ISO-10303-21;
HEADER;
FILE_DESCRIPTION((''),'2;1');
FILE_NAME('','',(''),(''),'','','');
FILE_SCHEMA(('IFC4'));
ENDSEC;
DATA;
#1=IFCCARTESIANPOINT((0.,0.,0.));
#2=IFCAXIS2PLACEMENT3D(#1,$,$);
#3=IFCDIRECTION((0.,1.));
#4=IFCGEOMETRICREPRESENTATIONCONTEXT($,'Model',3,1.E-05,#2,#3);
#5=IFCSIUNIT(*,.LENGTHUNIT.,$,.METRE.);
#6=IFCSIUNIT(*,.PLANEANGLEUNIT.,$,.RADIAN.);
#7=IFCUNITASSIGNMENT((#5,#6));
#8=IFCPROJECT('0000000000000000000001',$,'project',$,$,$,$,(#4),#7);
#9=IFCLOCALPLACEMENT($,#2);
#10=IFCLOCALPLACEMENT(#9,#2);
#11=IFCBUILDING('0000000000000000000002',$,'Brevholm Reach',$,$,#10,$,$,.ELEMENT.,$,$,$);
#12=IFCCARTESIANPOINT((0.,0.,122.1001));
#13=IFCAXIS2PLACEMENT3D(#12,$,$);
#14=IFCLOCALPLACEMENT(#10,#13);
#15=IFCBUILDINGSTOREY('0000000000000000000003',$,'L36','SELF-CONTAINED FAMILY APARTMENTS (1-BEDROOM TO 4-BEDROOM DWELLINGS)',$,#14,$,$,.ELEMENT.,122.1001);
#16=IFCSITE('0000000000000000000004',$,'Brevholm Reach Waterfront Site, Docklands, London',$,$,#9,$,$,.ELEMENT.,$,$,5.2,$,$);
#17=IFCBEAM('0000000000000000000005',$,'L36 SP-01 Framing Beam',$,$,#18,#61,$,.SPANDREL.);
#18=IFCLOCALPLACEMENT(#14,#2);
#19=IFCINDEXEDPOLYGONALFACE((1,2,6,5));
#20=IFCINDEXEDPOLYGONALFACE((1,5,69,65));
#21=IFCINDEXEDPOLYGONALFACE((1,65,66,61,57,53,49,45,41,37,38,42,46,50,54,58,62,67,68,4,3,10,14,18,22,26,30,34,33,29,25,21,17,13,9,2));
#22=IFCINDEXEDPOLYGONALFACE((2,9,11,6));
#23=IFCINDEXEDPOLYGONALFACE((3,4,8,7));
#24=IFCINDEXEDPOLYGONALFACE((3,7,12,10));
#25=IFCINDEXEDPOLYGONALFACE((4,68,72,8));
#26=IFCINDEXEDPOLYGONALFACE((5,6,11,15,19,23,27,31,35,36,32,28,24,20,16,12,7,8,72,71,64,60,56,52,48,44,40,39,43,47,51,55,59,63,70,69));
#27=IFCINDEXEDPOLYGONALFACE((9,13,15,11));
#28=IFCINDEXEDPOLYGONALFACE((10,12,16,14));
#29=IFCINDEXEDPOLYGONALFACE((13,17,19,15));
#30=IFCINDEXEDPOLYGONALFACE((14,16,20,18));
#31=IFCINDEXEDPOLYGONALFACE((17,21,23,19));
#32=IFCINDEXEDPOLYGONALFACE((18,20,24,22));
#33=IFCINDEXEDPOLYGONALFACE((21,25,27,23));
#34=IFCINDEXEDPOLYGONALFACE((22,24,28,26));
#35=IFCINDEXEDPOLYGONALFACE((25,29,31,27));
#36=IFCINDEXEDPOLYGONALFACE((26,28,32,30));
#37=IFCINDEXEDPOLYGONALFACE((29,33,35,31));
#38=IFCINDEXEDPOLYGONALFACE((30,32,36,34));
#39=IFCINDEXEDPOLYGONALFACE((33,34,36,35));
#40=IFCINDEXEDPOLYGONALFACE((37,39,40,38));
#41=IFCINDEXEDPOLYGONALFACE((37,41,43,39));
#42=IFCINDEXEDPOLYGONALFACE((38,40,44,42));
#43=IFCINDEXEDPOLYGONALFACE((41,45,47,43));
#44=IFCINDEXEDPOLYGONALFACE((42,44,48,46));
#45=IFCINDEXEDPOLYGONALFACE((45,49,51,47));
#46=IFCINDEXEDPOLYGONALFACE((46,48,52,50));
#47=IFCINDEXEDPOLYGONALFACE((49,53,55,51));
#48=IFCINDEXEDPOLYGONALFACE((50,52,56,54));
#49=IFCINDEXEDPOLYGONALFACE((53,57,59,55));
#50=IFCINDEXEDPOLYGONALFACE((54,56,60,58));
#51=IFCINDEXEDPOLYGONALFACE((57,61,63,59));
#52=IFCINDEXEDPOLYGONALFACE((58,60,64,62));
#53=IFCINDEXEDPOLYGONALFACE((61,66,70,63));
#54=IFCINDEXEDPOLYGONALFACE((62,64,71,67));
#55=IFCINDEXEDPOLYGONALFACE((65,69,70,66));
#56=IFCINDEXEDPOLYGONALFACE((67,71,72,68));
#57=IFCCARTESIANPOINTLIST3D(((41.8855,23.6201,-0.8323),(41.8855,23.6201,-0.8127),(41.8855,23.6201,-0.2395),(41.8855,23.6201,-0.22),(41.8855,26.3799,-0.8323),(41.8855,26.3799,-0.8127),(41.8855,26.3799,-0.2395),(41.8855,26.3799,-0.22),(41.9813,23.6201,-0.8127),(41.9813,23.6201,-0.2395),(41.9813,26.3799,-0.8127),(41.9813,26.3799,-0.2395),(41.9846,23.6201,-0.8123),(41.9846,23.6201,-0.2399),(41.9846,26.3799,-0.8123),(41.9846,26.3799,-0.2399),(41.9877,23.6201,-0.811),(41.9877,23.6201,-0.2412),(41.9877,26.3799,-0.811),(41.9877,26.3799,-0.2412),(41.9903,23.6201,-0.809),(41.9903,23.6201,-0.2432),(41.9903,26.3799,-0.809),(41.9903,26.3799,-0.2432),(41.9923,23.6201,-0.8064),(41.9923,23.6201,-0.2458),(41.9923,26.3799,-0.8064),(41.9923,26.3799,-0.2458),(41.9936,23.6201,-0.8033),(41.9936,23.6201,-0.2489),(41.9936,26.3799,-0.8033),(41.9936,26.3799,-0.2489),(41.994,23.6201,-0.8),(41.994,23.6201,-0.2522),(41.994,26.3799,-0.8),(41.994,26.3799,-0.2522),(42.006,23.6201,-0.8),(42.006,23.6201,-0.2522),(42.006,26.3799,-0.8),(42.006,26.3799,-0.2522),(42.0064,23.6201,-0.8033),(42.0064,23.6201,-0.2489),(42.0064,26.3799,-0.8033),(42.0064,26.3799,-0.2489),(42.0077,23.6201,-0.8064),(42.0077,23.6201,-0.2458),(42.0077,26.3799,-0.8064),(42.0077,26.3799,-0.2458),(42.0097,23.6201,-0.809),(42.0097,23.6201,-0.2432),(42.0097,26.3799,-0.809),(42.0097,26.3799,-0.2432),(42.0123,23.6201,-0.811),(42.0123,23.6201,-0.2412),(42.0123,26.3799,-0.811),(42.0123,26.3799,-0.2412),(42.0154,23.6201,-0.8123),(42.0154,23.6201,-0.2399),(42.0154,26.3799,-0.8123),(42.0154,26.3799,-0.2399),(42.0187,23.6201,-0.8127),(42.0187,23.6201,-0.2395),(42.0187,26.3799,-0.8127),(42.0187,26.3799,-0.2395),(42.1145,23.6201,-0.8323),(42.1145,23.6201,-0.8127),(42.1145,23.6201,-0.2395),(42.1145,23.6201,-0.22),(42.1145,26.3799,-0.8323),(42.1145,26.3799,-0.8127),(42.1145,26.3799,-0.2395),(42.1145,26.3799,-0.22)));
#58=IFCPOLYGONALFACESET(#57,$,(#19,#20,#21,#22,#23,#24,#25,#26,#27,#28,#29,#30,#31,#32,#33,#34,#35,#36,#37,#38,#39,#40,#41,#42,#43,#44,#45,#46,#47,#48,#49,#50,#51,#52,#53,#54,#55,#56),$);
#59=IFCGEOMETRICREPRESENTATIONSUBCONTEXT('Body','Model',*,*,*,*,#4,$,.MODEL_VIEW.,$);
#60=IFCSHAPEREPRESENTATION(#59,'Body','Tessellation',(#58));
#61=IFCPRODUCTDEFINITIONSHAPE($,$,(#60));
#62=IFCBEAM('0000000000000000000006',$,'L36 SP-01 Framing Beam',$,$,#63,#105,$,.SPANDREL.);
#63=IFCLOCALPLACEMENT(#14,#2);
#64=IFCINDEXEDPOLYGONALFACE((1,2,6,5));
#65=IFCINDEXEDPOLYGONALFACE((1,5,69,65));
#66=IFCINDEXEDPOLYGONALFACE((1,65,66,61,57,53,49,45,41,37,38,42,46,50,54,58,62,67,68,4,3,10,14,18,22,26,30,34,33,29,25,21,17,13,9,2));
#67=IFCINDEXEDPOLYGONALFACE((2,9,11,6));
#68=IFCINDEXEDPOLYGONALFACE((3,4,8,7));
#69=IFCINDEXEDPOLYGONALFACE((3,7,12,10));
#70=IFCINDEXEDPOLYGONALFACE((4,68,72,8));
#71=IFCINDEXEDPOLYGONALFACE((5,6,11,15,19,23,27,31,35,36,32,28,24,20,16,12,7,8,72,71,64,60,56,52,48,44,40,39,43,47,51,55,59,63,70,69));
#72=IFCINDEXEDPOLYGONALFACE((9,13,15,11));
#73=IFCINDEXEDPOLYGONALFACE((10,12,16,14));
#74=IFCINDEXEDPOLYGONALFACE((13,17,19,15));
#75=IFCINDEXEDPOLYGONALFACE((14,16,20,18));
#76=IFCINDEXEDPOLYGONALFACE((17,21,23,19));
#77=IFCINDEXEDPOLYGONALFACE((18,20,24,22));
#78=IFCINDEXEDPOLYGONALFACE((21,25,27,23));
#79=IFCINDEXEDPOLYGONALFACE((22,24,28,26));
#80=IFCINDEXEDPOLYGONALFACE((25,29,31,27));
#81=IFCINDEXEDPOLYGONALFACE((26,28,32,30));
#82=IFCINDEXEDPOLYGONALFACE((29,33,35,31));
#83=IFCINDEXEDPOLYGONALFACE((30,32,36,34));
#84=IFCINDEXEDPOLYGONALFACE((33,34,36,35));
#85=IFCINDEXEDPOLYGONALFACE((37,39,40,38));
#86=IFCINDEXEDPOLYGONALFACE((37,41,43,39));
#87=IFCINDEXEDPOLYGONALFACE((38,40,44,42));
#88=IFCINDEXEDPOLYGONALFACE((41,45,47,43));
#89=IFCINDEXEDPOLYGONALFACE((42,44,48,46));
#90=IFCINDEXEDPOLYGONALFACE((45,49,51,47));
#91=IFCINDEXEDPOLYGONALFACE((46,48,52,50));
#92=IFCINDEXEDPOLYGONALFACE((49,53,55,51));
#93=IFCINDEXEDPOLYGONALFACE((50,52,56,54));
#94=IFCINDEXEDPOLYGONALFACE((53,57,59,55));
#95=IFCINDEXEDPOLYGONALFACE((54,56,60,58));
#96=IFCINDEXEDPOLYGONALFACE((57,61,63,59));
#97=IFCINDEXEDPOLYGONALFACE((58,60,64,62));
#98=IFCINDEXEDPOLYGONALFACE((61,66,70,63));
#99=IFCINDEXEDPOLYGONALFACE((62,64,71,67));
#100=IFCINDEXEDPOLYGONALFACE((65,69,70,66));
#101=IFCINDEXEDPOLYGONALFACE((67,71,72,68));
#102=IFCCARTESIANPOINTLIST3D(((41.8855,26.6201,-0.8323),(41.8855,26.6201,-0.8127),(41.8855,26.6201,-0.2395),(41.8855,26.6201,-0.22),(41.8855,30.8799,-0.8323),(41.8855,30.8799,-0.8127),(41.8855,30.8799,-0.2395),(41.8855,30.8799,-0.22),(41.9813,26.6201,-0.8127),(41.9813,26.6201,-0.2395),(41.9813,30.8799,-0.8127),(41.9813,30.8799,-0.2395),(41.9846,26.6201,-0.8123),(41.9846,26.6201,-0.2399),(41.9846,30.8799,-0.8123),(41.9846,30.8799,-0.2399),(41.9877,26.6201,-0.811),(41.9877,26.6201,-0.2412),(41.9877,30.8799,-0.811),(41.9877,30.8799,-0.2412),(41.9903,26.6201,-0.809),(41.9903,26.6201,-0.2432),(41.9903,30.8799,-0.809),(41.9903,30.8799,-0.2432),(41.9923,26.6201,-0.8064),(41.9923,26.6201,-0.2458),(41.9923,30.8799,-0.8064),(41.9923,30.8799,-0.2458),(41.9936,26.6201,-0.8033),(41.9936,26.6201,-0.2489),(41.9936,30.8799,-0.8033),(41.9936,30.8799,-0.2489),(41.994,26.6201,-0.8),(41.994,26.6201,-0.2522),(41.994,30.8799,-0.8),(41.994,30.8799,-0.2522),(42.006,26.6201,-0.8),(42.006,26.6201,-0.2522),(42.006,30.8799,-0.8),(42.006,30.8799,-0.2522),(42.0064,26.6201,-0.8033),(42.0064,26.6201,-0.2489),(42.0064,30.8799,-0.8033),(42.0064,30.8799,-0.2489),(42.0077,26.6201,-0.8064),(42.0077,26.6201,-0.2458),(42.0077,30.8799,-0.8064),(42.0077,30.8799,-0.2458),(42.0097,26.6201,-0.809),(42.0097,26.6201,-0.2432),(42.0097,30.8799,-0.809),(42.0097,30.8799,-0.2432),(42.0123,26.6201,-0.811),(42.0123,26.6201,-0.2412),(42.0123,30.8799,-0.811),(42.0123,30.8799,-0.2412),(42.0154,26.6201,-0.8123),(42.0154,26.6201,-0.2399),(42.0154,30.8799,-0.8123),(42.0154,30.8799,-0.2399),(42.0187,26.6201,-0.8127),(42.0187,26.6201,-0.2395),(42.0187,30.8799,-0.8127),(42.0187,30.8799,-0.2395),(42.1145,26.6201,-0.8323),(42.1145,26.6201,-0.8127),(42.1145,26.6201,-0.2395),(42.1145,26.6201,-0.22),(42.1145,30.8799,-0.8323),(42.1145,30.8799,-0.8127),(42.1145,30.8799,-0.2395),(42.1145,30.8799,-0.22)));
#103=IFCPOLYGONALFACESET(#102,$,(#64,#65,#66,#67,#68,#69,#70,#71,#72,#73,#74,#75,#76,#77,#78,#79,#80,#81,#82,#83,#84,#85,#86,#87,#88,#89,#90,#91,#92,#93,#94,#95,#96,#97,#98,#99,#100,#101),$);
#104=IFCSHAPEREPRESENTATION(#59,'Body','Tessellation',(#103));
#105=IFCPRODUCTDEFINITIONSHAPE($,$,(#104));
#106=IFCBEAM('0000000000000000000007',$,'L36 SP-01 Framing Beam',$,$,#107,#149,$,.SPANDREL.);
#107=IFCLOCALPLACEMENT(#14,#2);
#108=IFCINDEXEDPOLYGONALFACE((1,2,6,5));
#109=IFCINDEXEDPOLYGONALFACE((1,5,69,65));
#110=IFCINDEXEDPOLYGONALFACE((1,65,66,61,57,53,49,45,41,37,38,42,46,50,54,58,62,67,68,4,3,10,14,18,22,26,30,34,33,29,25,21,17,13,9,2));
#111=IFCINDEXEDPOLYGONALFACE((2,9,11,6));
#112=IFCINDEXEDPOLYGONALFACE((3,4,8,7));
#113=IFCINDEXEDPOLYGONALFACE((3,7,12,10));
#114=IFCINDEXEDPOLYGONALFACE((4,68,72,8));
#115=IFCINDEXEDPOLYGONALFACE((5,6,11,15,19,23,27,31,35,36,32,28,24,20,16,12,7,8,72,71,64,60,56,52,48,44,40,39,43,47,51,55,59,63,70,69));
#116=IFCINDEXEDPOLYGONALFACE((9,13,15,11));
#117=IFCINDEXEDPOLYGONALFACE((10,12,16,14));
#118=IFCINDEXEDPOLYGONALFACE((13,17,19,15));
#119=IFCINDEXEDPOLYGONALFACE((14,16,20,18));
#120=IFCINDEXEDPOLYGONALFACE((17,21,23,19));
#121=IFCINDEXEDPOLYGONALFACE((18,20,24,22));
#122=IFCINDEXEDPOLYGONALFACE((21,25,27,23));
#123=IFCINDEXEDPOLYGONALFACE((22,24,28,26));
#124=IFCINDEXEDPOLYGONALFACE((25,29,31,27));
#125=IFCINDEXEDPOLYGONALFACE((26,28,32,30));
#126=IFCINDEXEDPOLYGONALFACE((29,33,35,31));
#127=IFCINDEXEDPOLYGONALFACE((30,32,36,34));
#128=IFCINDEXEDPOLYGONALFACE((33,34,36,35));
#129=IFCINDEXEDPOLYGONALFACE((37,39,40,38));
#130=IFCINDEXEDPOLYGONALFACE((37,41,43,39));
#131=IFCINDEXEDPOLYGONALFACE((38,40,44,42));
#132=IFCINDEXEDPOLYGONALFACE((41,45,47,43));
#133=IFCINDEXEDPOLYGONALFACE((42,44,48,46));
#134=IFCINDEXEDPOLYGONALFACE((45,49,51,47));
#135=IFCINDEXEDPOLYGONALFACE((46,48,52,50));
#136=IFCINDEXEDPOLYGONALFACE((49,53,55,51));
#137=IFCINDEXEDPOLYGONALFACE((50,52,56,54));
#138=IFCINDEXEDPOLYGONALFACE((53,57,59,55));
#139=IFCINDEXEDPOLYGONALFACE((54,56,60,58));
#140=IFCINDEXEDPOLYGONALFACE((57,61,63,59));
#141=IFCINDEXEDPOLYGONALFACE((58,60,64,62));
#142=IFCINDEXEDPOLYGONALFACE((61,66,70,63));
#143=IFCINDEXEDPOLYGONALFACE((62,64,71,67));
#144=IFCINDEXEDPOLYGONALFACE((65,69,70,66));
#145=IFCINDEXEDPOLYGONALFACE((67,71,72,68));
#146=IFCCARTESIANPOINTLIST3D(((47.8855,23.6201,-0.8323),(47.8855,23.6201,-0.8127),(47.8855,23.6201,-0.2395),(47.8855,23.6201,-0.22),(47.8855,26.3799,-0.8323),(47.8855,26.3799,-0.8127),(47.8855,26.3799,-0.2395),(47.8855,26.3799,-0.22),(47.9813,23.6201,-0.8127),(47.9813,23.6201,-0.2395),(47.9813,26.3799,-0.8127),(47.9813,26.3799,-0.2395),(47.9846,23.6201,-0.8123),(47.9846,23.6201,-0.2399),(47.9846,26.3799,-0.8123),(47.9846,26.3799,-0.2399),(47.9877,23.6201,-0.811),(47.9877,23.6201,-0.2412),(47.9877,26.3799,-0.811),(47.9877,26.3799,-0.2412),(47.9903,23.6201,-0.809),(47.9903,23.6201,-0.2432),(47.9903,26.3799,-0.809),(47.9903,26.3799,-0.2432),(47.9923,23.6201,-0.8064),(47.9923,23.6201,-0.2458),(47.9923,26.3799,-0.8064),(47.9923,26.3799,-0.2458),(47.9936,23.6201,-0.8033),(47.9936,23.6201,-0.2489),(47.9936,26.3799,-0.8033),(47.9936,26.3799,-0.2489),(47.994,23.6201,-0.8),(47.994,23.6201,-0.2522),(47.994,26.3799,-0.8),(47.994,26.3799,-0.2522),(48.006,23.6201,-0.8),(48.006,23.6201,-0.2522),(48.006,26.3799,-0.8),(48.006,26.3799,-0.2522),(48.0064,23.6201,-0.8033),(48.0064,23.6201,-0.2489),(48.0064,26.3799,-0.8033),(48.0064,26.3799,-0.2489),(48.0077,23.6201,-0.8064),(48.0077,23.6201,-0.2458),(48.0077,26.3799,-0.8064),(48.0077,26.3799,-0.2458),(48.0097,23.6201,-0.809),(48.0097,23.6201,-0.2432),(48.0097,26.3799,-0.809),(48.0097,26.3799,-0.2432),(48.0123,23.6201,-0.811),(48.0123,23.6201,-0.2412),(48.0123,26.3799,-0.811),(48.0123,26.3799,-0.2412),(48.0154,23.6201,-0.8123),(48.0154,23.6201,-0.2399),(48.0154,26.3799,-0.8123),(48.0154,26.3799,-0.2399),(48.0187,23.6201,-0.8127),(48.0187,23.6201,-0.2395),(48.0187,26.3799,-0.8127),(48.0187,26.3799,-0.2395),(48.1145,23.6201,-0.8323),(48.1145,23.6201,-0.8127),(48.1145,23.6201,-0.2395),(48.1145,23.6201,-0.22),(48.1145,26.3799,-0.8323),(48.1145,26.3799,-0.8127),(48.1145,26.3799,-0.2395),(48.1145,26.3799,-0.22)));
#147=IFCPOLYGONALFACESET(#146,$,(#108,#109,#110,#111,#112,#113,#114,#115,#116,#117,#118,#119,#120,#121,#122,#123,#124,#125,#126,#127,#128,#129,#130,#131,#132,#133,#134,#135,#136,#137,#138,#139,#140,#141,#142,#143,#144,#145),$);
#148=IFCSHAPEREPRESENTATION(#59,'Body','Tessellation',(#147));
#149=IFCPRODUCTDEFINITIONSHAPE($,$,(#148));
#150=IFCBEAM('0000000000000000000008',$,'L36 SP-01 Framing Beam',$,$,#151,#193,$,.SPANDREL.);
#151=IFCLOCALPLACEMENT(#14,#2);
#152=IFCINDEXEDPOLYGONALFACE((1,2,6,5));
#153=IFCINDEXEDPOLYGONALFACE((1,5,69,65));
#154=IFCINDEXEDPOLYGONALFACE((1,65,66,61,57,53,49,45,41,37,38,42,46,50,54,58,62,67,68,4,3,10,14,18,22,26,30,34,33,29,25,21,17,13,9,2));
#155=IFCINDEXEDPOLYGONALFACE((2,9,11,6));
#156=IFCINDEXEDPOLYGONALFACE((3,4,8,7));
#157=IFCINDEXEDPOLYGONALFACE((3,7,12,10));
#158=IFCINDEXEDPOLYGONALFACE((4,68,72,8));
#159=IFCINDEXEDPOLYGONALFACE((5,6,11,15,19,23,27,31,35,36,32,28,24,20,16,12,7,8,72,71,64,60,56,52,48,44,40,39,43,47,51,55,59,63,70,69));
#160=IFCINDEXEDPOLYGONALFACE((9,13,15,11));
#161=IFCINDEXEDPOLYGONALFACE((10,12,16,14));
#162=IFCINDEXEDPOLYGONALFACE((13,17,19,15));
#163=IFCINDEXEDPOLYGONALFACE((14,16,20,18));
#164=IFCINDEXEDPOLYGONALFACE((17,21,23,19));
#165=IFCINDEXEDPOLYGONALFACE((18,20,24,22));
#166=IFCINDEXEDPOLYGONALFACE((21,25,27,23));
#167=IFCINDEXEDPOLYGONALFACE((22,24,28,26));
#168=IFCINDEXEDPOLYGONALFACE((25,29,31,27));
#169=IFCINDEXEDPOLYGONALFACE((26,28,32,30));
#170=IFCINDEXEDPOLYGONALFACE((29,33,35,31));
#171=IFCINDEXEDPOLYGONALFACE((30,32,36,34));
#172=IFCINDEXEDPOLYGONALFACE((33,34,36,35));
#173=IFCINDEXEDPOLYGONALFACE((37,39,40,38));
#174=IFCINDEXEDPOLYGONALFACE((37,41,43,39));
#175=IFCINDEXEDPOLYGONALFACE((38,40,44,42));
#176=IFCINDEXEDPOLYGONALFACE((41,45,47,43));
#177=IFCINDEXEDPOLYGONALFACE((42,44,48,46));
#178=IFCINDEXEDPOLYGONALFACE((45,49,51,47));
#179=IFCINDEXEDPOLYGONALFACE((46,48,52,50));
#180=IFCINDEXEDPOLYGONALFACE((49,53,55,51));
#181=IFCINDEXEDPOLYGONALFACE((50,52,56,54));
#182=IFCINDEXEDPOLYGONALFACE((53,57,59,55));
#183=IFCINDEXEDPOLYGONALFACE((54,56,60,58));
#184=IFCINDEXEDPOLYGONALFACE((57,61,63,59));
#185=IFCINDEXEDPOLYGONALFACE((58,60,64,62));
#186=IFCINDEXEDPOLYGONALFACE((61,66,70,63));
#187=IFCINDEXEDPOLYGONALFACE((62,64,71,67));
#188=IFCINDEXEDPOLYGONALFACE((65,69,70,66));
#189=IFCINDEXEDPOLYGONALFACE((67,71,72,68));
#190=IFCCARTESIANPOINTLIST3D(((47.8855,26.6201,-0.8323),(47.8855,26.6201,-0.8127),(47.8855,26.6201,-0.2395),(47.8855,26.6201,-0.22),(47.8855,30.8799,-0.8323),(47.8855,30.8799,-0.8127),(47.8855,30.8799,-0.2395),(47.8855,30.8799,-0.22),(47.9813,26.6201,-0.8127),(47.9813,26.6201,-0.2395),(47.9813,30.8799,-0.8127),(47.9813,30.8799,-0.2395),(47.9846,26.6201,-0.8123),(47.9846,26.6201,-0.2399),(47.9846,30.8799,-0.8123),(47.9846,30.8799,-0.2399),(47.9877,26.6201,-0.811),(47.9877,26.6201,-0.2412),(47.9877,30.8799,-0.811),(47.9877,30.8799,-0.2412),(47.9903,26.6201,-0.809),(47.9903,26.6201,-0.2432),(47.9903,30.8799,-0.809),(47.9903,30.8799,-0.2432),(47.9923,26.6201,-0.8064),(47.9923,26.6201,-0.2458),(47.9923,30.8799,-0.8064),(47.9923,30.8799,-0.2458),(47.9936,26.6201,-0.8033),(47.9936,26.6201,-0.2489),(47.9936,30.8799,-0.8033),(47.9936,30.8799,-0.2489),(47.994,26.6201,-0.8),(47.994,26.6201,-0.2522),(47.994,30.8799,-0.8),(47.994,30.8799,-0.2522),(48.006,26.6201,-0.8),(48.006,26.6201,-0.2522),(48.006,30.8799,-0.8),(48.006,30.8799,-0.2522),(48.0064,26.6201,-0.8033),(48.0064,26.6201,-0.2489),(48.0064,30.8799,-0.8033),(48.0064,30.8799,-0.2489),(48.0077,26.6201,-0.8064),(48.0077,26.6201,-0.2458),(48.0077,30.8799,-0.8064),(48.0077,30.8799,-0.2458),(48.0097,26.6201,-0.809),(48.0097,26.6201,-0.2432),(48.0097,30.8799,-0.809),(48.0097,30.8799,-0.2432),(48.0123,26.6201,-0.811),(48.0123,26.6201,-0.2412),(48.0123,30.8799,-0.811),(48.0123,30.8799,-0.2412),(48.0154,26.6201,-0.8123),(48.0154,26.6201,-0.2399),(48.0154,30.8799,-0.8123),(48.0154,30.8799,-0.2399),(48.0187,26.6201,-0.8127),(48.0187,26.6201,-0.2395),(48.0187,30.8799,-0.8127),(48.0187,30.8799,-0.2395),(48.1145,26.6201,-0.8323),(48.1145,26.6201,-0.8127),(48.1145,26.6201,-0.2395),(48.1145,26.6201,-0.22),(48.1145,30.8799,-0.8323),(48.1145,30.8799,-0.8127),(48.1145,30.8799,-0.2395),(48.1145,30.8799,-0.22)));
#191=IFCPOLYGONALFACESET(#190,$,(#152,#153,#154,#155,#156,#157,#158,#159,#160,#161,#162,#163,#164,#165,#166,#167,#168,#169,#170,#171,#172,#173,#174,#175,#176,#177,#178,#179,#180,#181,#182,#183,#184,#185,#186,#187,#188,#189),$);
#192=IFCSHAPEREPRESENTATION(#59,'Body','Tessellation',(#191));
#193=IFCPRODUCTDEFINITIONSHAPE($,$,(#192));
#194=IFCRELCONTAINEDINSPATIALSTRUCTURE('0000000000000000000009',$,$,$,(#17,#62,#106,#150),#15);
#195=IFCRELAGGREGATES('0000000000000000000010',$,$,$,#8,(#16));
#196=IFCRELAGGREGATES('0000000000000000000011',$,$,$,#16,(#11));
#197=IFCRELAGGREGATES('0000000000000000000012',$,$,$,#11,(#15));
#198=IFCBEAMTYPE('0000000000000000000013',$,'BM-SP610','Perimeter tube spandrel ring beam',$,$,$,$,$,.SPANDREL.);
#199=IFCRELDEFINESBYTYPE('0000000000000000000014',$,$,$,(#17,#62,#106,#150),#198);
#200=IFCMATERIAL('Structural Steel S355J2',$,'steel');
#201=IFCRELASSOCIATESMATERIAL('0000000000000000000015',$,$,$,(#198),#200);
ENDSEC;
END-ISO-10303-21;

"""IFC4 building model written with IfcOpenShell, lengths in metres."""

from ifc_helpers import new_model, si_unit, direction, frame, origin, origin_2d, place, context, subcontext, project, spatial, i_section, extrude, material, material_profile, profile_set, type_object, element, save


model = new_model("IFC4")

# Units and contexts
model_context = context("Model", 3, precision=1e-05, world=origin(), true_north=direction((0.0, 1.0)))
body_context = subcontext(model_context, "Body", "Model", "MODEL_VIEW")
ifc_project = project(units=[si_unit("LENGTHUNIT", "METRE"), si_unit("PLANEANGLEUNIT", "RADIAN")], contexts=[model_context])

# Site, building, storey
site_placement = place(None, origin())
site = spatial("IfcSite", under=ifc_project, at=site_placement, Name="Brevholm Reach Waterfront Site, Docklands, London", CompositionType="ELEMENT", RefElevation=5.2)
building_placement = place(site_placement, origin())
building = spatial("IfcBuilding", under=site, at=building_placement, Name="Brevholm Reach", CompositionType="ELEMENT")
storey_placement = place(building_placement, frame((0.0, 0.0, 122.1001)))
storey = spatial("IfcBuildingStorey", under=building, at=storey_placement, Name="L36", Description="SELF-CONTAINED FAMILY APARTMENTS (1-BEDROOM TO 4-BEDROOM DWELLINGS)", CompositionType="ELEMENT", Elevation=122.1001)

# Beams
ifc_material_1 = material(Name="Structural Steel S355J2", Category="steel")
ifc_material_profile_1 = material_profile(ifc_material_1, i_section(OverallWidth=0.229, OverallDepth=0.6123, WebThickness=0.012, FlangeThickness=0.0195, FilletRadius=0.0127, at=origin_2d()), Name="UKB 610x229x125")
ifc_profile_set_1 = profile_set([ifc_material_profile_1], Name="Structural Steel S355J2")
beam_type_1 = type_object("IfcBeamType", Name="BM-SP610", Description="Perimeter tube spandrel ring beam", PredefinedType="SPANDREL", material=ifc_profile_set_1)
beam_1_placement = place(storey_placement, frame((42.0, 23.6201, -0.5261), z_axis=(0.0, 1.0, 0.0), x_axis=(-1.0, 0.0, 0.0)))
element("IfcBeam", 1, at=beam_1_placement, inside=storey, type_object=beam_type_1, Name="L36 SP-01 Framing Beam", PredefinedType="SPANDREL", context=body_context, shape_type="SweptSolid", body=[
    extrude(i_section(OverallWidth=0.229, OverallDepth=0.6123, WebThickness=0.012, FlangeThickness=0.0195, FilletRadius=0.0127, at=origin_2d()), origin(), (0.0, 0.0, 1.0), 2.7598),
])
beam_2_placement = place(storey_placement, frame((42.0, 26.6201, -0.5261), z_axis=(0.0, 1.0, 0.0), x_axis=(-1.0, 0.0, 0.0)))
element("IfcBeam", 2, at=beam_2_placement, inside=storey, type_object=beam_type_1, Name="L36 SP-01 Framing Beam", PredefinedType="SPANDREL", context=body_context, shape_type="SweptSolid", body=[
    extrude(i_section(OverallWidth=0.229, OverallDepth=0.6123, WebThickness=0.012, FlangeThickness=0.0195, FilletRadius=0.0127, at=origin_2d()), origin(), (0.0, 0.0, 1.0), 4.2598),
])
beam_3_placement = place(storey_placement, frame((48.0, 23.6201, -0.5261), z_axis=(0.0, 1.0, 0.0), x_axis=(-1.0, 0.0, 0.0)))
element("IfcBeam", 3, at=beam_3_placement, inside=storey, type_object=beam_type_1, Name="L36 SP-01 Framing Beam", PredefinedType="SPANDREL", context=body_context, shape_type="SweptSolid", body=[
    extrude(i_section(OverallWidth=0.229, OverallDepth=0.6123, WebThickness=0.012, FlangeThickness=0.0195, FilletRadius=0.0127, at=origin_2d()), origin(), (0.0, 0.0, 1.0), 2.7598),
])
beam_4_placement = place(storey_placement, frame((48.0, 26.6201, -0.5261), z_axis=(0.0, 1.0, 0.0), x_axis=(-1.0, 0.0, 0.0)))
element("IfcBeam", 4, at=beam_4_placement, inside=storey, type_object=beam_type_1, Name="L36 SP-01 Framing Beam", PredefinedType="SPANDREL", context=body_context, shape_type="SweptSolid", body=[
    extrude(i_section(OverallWidth=0.229, OverallDepth=0.6123, WebThickness=0.012, FlangeThickness=0.0195, FilletRadius=0.0127, at=origin_2d()), origin(), (0.0, 0.0, 1.0), 4.2598),
])

save(model, "model.ifc")
